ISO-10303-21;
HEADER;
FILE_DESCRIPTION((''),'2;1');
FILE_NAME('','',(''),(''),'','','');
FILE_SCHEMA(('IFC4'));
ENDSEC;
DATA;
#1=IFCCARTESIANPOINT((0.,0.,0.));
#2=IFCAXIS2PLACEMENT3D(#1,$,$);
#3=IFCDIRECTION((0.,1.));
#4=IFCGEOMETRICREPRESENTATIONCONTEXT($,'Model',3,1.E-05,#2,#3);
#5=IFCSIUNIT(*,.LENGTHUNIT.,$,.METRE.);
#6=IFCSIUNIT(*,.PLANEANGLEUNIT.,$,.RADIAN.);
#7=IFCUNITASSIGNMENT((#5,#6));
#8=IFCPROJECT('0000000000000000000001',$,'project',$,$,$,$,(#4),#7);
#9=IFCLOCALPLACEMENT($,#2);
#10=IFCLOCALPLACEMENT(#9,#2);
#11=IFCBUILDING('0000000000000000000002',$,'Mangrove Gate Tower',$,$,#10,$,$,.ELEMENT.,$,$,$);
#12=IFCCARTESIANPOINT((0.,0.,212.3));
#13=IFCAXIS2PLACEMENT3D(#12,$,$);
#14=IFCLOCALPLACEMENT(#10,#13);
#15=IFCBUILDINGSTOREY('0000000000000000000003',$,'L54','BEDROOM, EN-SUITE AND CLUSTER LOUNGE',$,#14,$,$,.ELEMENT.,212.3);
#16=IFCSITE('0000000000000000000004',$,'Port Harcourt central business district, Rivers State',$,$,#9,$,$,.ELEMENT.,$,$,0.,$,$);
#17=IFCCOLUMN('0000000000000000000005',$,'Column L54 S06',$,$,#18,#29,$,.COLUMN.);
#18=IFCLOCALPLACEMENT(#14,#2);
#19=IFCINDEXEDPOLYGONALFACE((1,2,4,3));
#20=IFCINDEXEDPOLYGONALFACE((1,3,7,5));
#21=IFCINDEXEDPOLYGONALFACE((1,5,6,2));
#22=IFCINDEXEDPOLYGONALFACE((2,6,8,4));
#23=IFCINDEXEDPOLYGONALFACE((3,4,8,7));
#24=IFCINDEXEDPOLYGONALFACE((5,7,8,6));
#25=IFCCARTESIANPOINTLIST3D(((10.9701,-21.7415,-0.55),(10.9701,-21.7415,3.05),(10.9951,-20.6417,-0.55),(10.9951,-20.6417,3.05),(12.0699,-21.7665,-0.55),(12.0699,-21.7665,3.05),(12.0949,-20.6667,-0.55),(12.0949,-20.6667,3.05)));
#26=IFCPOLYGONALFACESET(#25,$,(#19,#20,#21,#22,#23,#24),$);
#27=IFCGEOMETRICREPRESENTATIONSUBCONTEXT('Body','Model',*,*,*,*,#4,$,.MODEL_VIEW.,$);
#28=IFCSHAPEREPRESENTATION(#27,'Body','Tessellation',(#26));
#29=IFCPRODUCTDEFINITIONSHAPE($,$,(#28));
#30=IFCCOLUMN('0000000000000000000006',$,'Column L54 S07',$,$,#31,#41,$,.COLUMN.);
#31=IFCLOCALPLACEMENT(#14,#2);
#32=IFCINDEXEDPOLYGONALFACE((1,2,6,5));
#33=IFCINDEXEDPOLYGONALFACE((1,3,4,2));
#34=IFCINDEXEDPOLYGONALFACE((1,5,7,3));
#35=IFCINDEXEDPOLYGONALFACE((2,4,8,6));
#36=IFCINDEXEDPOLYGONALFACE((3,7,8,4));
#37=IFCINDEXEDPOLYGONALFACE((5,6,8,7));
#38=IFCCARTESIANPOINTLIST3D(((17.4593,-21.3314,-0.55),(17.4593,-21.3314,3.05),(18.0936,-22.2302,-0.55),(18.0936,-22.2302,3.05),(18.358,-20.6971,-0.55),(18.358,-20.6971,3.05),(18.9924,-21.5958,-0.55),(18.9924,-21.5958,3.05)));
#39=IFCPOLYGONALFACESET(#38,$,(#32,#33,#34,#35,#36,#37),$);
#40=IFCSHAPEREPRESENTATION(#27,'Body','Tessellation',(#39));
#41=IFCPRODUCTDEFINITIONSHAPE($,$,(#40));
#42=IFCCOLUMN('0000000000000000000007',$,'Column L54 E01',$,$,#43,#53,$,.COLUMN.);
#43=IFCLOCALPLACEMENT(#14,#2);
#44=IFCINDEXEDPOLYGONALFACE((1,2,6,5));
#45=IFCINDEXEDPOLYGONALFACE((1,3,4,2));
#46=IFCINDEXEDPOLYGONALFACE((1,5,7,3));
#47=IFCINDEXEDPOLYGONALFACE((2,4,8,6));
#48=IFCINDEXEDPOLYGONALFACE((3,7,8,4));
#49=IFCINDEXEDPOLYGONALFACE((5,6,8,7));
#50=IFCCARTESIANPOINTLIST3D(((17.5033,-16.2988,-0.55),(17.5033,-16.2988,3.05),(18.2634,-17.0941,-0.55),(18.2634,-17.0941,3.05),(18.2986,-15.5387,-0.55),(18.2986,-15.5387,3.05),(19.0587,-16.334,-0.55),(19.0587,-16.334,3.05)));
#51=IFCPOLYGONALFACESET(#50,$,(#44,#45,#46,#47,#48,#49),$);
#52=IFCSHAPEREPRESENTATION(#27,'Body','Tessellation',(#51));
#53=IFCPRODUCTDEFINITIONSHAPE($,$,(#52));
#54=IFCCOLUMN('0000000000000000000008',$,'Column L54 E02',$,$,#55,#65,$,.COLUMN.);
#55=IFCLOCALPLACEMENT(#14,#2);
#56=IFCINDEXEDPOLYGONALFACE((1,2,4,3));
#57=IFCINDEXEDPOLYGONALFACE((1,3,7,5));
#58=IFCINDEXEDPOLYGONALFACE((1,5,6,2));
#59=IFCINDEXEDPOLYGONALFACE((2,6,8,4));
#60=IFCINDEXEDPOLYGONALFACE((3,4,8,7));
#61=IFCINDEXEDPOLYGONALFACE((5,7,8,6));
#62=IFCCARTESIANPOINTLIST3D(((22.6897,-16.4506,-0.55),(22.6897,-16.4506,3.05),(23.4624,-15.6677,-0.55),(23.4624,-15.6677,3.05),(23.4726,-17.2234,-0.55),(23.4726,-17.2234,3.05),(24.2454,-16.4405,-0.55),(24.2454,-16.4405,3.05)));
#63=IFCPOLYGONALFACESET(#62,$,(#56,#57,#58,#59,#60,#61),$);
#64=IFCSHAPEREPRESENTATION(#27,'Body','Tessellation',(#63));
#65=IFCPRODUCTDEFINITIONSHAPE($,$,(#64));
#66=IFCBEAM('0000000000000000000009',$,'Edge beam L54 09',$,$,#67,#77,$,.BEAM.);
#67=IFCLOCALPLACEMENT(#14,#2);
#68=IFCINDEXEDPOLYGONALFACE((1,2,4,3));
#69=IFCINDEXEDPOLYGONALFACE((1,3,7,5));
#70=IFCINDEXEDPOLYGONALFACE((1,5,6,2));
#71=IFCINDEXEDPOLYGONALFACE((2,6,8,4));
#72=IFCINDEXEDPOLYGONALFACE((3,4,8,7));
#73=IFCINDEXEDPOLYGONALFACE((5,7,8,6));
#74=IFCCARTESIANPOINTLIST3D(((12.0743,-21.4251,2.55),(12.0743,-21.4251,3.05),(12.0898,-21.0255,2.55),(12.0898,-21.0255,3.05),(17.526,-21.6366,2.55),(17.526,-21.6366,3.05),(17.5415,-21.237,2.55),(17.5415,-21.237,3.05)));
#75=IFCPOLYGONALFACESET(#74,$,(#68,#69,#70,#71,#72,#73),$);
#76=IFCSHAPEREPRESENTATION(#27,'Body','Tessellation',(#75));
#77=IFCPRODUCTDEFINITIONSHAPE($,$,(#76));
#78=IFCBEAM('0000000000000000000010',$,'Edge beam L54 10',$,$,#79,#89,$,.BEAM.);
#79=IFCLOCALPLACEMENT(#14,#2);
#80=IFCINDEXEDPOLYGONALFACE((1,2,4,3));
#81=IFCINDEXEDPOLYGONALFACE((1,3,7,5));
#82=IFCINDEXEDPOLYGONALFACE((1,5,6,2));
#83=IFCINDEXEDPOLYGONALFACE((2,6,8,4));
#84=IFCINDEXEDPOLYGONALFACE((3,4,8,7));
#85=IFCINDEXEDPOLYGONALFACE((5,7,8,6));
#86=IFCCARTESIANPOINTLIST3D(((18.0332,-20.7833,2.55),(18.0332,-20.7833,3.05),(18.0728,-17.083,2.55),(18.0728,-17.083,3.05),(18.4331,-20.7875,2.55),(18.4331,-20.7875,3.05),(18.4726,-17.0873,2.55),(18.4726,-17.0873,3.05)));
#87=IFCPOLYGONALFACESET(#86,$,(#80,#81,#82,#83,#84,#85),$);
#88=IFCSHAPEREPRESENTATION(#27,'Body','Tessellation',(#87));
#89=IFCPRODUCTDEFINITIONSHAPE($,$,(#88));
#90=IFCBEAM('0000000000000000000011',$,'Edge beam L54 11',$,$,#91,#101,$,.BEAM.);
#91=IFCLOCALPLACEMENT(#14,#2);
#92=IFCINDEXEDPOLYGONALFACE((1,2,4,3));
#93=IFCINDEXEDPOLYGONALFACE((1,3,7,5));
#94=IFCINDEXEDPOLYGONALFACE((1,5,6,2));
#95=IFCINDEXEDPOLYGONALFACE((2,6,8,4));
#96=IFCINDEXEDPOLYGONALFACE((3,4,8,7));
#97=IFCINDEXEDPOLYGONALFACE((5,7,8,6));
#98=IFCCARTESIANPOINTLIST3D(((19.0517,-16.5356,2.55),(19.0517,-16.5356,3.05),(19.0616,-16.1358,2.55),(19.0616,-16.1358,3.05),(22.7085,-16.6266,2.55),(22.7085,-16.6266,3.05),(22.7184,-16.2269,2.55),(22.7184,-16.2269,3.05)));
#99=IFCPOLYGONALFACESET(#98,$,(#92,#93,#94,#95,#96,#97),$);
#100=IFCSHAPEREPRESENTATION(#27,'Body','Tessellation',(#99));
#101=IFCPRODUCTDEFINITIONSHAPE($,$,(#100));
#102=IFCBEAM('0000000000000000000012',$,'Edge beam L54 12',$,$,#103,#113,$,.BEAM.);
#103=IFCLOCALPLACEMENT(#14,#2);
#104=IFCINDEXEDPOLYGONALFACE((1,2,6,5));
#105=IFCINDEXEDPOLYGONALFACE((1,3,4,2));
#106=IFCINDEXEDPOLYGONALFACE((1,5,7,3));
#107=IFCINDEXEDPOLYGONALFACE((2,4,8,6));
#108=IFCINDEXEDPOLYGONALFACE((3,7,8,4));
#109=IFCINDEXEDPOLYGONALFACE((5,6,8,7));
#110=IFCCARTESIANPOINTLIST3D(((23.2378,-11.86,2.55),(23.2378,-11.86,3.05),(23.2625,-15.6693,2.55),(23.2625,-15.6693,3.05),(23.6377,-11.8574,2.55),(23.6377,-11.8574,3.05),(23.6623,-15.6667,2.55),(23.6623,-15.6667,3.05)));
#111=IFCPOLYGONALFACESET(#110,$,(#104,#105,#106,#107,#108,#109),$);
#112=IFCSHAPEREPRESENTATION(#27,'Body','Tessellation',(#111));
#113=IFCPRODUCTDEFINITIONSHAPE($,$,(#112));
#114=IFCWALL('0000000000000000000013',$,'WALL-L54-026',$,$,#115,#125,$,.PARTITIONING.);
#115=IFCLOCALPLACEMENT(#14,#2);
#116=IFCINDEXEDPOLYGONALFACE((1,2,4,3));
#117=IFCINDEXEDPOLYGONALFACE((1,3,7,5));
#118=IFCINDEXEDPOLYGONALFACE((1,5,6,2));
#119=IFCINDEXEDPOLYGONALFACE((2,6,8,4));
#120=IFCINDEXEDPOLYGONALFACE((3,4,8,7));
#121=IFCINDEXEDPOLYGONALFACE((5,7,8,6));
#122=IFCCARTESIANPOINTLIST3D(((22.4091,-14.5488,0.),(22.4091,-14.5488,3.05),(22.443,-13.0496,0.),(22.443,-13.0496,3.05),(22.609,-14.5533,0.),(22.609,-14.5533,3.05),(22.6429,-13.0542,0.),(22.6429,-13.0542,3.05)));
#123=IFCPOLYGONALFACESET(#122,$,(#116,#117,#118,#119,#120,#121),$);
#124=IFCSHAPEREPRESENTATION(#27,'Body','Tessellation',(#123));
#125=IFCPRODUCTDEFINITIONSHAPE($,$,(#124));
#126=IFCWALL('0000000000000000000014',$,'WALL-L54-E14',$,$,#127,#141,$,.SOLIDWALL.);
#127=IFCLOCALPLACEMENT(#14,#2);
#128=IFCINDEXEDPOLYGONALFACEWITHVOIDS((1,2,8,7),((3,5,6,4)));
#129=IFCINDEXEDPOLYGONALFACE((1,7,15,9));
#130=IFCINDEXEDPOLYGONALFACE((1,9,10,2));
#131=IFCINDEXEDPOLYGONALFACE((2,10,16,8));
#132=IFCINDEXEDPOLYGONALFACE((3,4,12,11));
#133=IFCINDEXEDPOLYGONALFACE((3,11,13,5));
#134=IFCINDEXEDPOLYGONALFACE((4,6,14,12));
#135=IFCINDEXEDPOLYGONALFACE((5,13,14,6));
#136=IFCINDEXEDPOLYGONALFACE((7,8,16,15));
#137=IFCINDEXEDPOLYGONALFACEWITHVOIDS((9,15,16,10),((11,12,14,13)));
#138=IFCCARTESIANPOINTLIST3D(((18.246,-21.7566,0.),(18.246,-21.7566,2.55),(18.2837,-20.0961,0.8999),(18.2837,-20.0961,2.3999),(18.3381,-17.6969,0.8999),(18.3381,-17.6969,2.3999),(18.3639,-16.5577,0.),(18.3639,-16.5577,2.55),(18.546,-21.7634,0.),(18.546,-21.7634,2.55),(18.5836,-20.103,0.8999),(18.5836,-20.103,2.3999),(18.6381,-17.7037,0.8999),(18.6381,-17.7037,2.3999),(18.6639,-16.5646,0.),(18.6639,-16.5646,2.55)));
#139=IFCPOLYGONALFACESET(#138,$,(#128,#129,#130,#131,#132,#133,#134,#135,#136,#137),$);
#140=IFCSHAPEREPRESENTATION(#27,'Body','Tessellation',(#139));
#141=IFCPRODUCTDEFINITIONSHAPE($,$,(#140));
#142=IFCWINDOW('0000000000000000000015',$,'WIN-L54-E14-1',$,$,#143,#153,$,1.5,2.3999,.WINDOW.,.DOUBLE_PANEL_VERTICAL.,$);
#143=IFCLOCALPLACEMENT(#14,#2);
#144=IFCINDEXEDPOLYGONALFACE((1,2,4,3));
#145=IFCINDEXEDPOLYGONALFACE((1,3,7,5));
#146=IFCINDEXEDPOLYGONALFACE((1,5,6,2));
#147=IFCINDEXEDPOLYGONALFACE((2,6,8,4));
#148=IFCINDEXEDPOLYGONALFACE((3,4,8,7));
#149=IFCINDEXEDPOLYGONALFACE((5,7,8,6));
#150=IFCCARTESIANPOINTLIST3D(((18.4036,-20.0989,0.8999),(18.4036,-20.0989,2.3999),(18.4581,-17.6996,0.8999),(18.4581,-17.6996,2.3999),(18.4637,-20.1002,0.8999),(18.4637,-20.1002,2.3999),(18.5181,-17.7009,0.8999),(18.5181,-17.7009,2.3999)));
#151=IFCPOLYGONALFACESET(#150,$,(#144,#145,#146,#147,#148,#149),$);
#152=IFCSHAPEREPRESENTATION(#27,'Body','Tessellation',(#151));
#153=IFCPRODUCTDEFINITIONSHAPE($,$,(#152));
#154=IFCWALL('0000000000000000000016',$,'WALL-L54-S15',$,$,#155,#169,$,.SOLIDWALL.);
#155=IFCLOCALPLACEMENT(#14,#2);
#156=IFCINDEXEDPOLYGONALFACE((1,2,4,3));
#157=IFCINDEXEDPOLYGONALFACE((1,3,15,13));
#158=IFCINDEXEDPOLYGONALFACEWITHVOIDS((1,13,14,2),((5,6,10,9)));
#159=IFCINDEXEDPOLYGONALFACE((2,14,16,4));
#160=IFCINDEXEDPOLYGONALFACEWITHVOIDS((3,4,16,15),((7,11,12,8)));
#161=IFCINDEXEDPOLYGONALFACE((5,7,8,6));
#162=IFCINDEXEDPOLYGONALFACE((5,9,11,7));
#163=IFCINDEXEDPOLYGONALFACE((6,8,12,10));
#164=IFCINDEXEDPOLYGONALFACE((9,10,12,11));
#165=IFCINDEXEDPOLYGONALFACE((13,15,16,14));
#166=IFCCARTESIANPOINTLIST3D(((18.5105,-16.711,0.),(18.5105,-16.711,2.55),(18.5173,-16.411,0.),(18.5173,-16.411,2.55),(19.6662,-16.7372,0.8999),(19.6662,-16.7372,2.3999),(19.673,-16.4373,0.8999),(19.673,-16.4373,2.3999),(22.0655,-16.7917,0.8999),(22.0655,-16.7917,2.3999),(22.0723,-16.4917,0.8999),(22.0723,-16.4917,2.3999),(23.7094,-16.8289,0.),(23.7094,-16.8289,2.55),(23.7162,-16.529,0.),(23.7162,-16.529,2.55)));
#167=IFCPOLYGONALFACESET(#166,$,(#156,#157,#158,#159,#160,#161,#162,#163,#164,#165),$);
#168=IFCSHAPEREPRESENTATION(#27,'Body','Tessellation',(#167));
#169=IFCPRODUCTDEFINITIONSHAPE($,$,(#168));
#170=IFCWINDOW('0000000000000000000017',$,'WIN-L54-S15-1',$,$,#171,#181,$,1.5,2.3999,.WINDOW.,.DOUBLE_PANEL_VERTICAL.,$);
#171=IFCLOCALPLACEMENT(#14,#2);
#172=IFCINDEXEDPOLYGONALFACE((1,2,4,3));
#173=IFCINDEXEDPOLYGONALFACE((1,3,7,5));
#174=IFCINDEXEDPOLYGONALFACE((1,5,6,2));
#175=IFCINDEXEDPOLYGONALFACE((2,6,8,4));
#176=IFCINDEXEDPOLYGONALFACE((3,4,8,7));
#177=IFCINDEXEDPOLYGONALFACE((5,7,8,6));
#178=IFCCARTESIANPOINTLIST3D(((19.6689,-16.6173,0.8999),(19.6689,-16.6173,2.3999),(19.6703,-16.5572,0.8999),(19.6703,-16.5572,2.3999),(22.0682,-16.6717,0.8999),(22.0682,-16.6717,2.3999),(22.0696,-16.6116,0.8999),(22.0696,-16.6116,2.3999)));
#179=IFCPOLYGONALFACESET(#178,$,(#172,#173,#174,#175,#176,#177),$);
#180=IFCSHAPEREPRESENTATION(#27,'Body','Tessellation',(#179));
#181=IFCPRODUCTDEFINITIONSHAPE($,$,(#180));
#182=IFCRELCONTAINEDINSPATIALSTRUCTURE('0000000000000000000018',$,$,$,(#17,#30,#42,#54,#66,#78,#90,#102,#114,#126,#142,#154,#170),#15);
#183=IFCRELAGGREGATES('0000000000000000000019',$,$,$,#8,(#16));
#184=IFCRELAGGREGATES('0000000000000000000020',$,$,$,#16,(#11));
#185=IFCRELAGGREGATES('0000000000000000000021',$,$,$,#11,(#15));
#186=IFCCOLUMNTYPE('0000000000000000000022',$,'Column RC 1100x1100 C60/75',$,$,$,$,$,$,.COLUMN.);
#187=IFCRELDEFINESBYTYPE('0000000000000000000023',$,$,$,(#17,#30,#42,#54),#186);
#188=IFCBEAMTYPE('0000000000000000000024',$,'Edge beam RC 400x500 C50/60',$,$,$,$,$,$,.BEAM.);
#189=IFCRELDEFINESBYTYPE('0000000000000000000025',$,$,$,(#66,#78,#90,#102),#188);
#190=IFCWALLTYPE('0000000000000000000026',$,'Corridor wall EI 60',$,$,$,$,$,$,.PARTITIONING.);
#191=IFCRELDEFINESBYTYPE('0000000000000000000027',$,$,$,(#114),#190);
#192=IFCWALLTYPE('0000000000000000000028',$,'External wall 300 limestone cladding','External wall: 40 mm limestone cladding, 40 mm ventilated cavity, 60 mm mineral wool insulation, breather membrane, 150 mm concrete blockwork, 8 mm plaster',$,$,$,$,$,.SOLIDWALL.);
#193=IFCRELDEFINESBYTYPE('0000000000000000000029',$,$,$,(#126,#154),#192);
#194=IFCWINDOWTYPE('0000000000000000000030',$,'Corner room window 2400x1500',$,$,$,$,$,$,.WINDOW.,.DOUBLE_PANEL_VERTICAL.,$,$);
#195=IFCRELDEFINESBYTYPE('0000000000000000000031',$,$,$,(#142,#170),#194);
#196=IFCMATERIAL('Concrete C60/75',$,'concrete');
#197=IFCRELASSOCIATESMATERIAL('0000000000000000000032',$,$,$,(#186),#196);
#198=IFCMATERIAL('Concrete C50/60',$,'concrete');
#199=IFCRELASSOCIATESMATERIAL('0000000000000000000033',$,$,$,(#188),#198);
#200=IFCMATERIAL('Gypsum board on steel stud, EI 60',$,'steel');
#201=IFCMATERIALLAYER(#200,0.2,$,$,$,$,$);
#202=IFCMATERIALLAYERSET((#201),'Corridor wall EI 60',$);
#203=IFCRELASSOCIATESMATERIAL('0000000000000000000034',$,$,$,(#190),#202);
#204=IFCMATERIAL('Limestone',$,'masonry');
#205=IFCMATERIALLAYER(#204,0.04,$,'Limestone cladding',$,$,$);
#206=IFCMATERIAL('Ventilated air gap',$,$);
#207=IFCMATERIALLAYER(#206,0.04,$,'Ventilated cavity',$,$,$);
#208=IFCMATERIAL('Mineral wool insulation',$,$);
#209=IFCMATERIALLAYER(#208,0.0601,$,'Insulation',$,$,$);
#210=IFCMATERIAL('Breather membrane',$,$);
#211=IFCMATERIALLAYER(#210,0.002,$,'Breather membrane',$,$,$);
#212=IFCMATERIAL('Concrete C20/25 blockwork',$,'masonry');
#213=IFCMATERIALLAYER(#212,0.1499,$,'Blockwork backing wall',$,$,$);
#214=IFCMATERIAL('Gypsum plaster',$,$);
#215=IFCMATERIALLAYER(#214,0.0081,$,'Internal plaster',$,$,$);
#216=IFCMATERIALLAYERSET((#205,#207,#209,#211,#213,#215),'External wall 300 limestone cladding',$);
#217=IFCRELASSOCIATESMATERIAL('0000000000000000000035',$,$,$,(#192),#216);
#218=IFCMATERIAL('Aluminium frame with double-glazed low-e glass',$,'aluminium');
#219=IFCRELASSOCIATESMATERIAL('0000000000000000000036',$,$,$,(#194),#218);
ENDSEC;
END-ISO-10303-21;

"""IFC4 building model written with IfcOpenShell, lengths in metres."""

from ifc_helpers import new_model, si_unit, direction, frame, frame_2d, origin, origin_2d, place, context, subcontext, project, spatial, rectangle, extrude, material, layer, layer_set, material_profile, profile_set, type_object, element, fill, save


model = new_model("IFC4")

# Units and contexts
model_context = context("Model", 3, precision=1e-05, world=origin(), true_north=direction((0.0, 1.0)))
body_context = subcontext(model_context, "Body", "Model", "MODEL_VIEW")
ifc_project = project(units=[si_unit("LENGTHUNIT", "METRE"), si_unit("PLANEANGLEUNIT", "RADIAN")], contexts=[model_context])

# Site, building, storey
site_placement = place(None, origin())
site = spatial("IfcSite", under=ifc_project, at=site_placement, Name="Port Harcourt central business district, Rivers State", CompositionType="ELEMENT", RefElevation=0.0)
building_placement = place(site_placement, origin())
building = spatial("IfcBuilding", under=site, at=building_placement, Name="Mangrove Gate Tower", CompositionType="ELEMENT")
storey_placement = place(building_placement, frame((0.0, 0.0, 212.3)))
storey = spatial("IfcBuildingStorey", under=building, at=storey_placement, Name="L54", Description="BEDROOM, EN-SUITE AND CLUSTER LOUNGE", CompositionType="ELEMENT", Elevation=212.3)

# Columns
ifc_material_1 = material(Name="Concrete C60/75", Category="concrete")
ifc_material_profile_1 = material_profile(ifc_material_1, rectangle(XDim=1.1001, YDim=1.1001, at=origin_2d()))
ifc_profile_set_1 = profile_set([ifc_material_profile_1], Name="Concrete C60/75")
column_type = type_object("IfcColumnType", Name="Column RC 1100x1100 C60/75", PredefinedType="COLUMN", material=ifc_profile_set_1)
for number, where, z_axis, x_axis, name in (
    (1, (11.5325, -21.2041, -0.55), (0.0, 0.0, 1.0), (0.999742, -0.022707, 0.0), "Column L54 S06"),
    (2, (18.2258, -21.4636, -0.55), (0.0, 0.0, 1.0), (0.817006, 0.576629, 0.0), "Column L54 S07"),
    (3, (18.281, -16.3164, -0.55), (0.0, 0.0, 1.0), (0.722905, 0.690948, 0.0), "Column L54 E01"),
    (4, (23.4675, -16.4456, -0.55), (0.0, 0.0, 1.0), (0.702473, 0.711711, 0.0), "Column L54 E02"),
):
    element("IfcColumn", number, at=place(storey_placement, frame(where, z_axis=z_axis, x_axis=x_axis)), inside=storey, type_object=column_type, Name=name, PredefinedType="COLUMN", context=body_context, shape_type="SweptSolid", body=[
        extrude(rectangle(XDim=1.1001, YDim=1.1001, at=origin_2d()), origin(), (0.0, 0.0, 1.0), 3.6001),
    ])

# Beams
ifc_material_2 = material(Name="Concrete C50/60", Category="concrete")
ifc_material_profile_2 = material_profile(ifc_material_2, rectangle(XDim=0.3999, YDim=0.5, at=origin_2d()))
ifc_profile_set_2 = profile_set([ifc_material_profile_2], Name="Concrete C50/60")
beam_type = type_object("IfcBeamType", Name="Edge beam RC 400x500 C50/60", PredefinedType="BEAM", material=ifc_profile_set_2)
beam_1_placement = place(storey_placement, frame((12.082, -21.2253, 2.8), z_axis=(0.999249, -0.038753, 0.0), x_axis=(0.038753, 0.999249, 0.0)))
element("IfcBeam", 5, at=beam_1_placement, inside=storey, type_object=beam_type, Name="Edge beam L54 09", PredefinedType="BEAM", context=body_context, shape_type="SweptSolid", body=[
    extrude(rectangle(XDim=0.3999, YDim=0.5, at=origin_2d()), origin(), (0.0, 0.0, 1.0), 5.4558),
])
beam_2_placement = place(storey_placement, frame((18.2332, -20.7854, 2.8), z_axis=(0.010688, 0.999943, 0.0), x_axis=(-0.999943, 0.010688, 0.0)))
element("IfcBeam", 6, at=beam_2_placement, inside=storey, type_object=beam_type, Name="Edge beam L54 10", PredefinedType="BEAM", context=body_context, shape_type="SweptSolid", body=[
    extrude(rectangle(XDim=0.3999, YDim=0.5, at=origin_2d()), origin(), (0.0, 0.0, 1.0), 3.7004),
])
beam_3_placement = place(storey_placement, frame((19.0566, -16.3357, 2.8), z_axis=(0.99969, -0.024895, 0.0), x_axis=(0.024895, 0.99969, 0.0)))
element("IfcBeam", 7, at=beam_3_placement, inside=storey, type_object=beam_type, Name="Edge beam L54 11", PredefinedType="BEAM", context=body_context, shape_type="SweptSolid", body=[
    extrude(rectangle(XDim=0.3999, YDim=0.5, at=origin_2d()), origin(), (0.0, 0.0, 1.0), 3.658),
])
beam_4_placement = place(storey_placement, frame((23.4624, -15.668, 2.8), z_axis=(-0.006473, 0.999979, 0.0), x_axis=(-0.999979, -0.006473, 0.0)))
element("IfcBeam", 8, at=beam_4_placement, inside=storey, type_object=beam_type, Name="Edge beam L54 12", PredefinedType="BEAM", context=body_context, shape_type="SweptSolid", body=[
    extrude(rectangle(XDim=0.3999, YDim=0.5, at=origin_2d()), origin(), (0.0, 0.0, 1.0), 3.8093),
])

# Wall
ifc_material_3 = material(Name="Gypsum board on steel stud, EI 60", Category="steel")
ifc_layer_1 = layer(ifc_material_3, 0.2)
ifc_layer_set_1 = layer_set([ifc_layer_1], Name="Corridor wall EI 60")
wall_type_1 = type_object("IfcWallType", Name="Corridor wall EI 60", PredefinedType="PARTITIONING", material=ifc_layer_set_1)
wall_1_placement = place(storey_placement, frame((22.509, -14.551, 0.0), z_axis=(0.0, 0.0, 1.0), x_axis=(0.022633, 0.999744, 0.0)))
element("IfcWall", 9, at=wall_1_placement, inside=storey, type_object=wall_type_1, Name="WALL-L54-026", PredefinedType="PARTITIONING", context=body_context, shape_type="SweptSolid", body=[
    extrude(rectangle(XDim=1.4995, YDim=0.2, at=frame_2d((0.7498, 0.0))), origin(), (0.0, 0.0, 1.0), 3.05),
])

# Shared definitions
ifc_material_4 = material(Name="Limestone", Category="masonry")
ifc_layer_2 = layer(ifc_material_4, 0.04, Name="Limestone cladding")
ifc_material_5 = material(Name="Ventilated air gap")
ifc_layer_3 = layer(ifc_material_5, 0.04, Name="Ventilated cavity")
ifc_material_6 = material(Name="Mineral wool insulation")
ifc_layer_4 = layer(ifc_material_6, 0.0601, Name="Insulation")
ifc_material_7 = material(Name="Breather membrane")
ifc_layer_5 = layer(ifc_material_7, 0.002, Name="Breather membrane")
ifc_material_8 = material(Name="Concrete C20/25 blockwork", Category="masonry")
ifc_layer_6 = layer(ifc_material_8, 0.1499, Name="Blockwork backing wall")
ifc_material_9 = material(Name="Gypsum plaster")
ifc_layer_7 = layer(ifc_material_9, 0.0081, Name="Internal plaster")
ifc_layer_set_2 = layer_set([ifc_layer_2, ifc_layer_3, ifc_layer_4, ifc_layer_5, ifc_layer_6, ifc_layer_7], Name="External wall 300 limestone cladding")
wall_type_2 = type_object("IfcWallType", Name="External wall 300 limestone cladding", Description="External wall: 40 mm limestone cladding, 40 mm ventilated cavity, 60 mm mineral wool insulation, breather membrane, 150 mm concrete blockwork, 8 mm plaster", PredefinedType="SOLIDWALL", material=ifc_layer_set_2)

# Walls, openings, windows
wall_2_placement = place(storey_placement, frame((18.396, -21.76, 0.0), z_axis=(0.0, 0.0, 1.0), x_axis=(0.022676, 0.999743, 0.0)))
wall_2 = element("IfcWall", 10, at=wall_2_placement, inside=storey, type_object=wall_type_2, Name="WALL-L54-E14", PredefinedType="SOLIDWALL", context=body_context, shape_type="SweptSolid", body=[
    extrude(rectangle(XDim=5.2002, YDim=0.3, at=frame_2d((2.6001, 0.0))), origin(), (0.0, 0.0, 1.0), 2.55),
])
opening_1_placement = place(wall_2_placement, frame((1.6609, 0.0, 0.8999)))
opening_1 = element("IfcOpeningElement", 11, at=opening_1_placement, cuts=wall_2, PredefinedType="OPENING", context=body_context, shape_type="SweptSolid", body=[
    extrude(rectangle(XDim=2.3999, YDim=1.5, at=frame_2d((1.2, 0.75))), frame((0.0, 0.1599, 0.0), z_axis=(0.0, -1.0, 0.0), x_axis=(1.0, 0.0, 0.0)), (0.0, 0.0, 1.0), 0.3201),
])
ifc_material_10 = material(Name="Aluminium frame with double-glazed low-e glass", Category="aluminium")
window_type_1 = type_object("IfcWindowType", Name="Corner room window 2400x1500", PartitioningType="DOUBLE_PANEL_VERTICAL", PredefinedType="WINDOW", material=ifc_material_10)
window_1_placement = place(opening_1_placement, origin())
window_1 = element("IfcWindow", 12, at=window_1_placement, inside=storey, type_object=window_type_1, Name="WIN-L54-E14-1", OverallHeight=1.5, OverallWidth=2.3999, PartitioningType="DOUBLE_PANEL_VERTICAL", PredefinedType="WINDOW", context=body_context, shape_type="SweptSolid", body=[
    extrude(rectangle(XDim=2.3999, YDim=1.5, at=frame_2d((1.2, 0.75))), frame((0.0, 0.03, 0.0), z_axis=(0.0, -1.0, 0.0), x_axis=(1.0, 0.0, 0.0)), (0.0, 0.0, 1.0), 0.0601),
])
fill(opening_1, window_1)
wall_3_placement = place(storey_placement, frame((18.5139, -16.561, 0.0), z_axis=(0.0, 0.0, 1.0), x_axis=(0.999743, -0.022676, 0.0)))
wall_3 = element("IfcWall", 13, at=wall_3_placement, inside=storey, type_object=wall_type_2, Name="WALL-L54-S15", PredefinedType="SOLIDWALL", context=body_context, shape_type="SweptSolid", body=[
    extrude(rectangle(XDim=5.2002, YDim=0.3, at=frame_2d((2.6001, 0.0))), origin(), (0.0, 0.0, 1.0), 2.55),
])
opening_2_placement = place(wall_3_placement, frame((1.156, 0.0, 0.8999)))
opening_2 = element("IfcOpeningElement", 14, at=opening_2_placement, cuts=wall_3, PredefinedType="OPENING", context=body_context, shape_type="SweptSolid", body=[
    extrude(rectangle(XDim=2.3999, YDim=1.5, at=frame_2d((1.2, 0.75))), frame((0.0, 0.1599, 0.0), z_axis=(0.0, -1.0, 0.0), x_axis=(1.0, 0.0, 0.0)), (0.0, 0.0, 1.0), 0.3201),
])
window_2_placement = place(opening_2_placement, origin())
window_2 = element("IfcWindow", 15, at=window_2_placement, inside=storey, type_object=window_type_1, Name="WIN-L54-S15-1", OverallHeight=1.5, OverallWidth=2.3999, PartitioningType="DOUBLE_PANEL_VERTICAL", PredefinedType="WINDOW", context=body_context, shape_type="SweptSolid", body=[
    extrude(rectangle(XDim=2.3999, YDim=1.5, at=frame_2d((1.2, 0.75))), frame((0.0, 0.03, 0.0), z_axis=(0.0, -1.0, 0.0), x_axis=(1.0, 0.0, 0.0)), (0.0, 0.0, 1.0), 0.0601),
])
fill(opening_2, window_2)

save(model, "model.ifc")
